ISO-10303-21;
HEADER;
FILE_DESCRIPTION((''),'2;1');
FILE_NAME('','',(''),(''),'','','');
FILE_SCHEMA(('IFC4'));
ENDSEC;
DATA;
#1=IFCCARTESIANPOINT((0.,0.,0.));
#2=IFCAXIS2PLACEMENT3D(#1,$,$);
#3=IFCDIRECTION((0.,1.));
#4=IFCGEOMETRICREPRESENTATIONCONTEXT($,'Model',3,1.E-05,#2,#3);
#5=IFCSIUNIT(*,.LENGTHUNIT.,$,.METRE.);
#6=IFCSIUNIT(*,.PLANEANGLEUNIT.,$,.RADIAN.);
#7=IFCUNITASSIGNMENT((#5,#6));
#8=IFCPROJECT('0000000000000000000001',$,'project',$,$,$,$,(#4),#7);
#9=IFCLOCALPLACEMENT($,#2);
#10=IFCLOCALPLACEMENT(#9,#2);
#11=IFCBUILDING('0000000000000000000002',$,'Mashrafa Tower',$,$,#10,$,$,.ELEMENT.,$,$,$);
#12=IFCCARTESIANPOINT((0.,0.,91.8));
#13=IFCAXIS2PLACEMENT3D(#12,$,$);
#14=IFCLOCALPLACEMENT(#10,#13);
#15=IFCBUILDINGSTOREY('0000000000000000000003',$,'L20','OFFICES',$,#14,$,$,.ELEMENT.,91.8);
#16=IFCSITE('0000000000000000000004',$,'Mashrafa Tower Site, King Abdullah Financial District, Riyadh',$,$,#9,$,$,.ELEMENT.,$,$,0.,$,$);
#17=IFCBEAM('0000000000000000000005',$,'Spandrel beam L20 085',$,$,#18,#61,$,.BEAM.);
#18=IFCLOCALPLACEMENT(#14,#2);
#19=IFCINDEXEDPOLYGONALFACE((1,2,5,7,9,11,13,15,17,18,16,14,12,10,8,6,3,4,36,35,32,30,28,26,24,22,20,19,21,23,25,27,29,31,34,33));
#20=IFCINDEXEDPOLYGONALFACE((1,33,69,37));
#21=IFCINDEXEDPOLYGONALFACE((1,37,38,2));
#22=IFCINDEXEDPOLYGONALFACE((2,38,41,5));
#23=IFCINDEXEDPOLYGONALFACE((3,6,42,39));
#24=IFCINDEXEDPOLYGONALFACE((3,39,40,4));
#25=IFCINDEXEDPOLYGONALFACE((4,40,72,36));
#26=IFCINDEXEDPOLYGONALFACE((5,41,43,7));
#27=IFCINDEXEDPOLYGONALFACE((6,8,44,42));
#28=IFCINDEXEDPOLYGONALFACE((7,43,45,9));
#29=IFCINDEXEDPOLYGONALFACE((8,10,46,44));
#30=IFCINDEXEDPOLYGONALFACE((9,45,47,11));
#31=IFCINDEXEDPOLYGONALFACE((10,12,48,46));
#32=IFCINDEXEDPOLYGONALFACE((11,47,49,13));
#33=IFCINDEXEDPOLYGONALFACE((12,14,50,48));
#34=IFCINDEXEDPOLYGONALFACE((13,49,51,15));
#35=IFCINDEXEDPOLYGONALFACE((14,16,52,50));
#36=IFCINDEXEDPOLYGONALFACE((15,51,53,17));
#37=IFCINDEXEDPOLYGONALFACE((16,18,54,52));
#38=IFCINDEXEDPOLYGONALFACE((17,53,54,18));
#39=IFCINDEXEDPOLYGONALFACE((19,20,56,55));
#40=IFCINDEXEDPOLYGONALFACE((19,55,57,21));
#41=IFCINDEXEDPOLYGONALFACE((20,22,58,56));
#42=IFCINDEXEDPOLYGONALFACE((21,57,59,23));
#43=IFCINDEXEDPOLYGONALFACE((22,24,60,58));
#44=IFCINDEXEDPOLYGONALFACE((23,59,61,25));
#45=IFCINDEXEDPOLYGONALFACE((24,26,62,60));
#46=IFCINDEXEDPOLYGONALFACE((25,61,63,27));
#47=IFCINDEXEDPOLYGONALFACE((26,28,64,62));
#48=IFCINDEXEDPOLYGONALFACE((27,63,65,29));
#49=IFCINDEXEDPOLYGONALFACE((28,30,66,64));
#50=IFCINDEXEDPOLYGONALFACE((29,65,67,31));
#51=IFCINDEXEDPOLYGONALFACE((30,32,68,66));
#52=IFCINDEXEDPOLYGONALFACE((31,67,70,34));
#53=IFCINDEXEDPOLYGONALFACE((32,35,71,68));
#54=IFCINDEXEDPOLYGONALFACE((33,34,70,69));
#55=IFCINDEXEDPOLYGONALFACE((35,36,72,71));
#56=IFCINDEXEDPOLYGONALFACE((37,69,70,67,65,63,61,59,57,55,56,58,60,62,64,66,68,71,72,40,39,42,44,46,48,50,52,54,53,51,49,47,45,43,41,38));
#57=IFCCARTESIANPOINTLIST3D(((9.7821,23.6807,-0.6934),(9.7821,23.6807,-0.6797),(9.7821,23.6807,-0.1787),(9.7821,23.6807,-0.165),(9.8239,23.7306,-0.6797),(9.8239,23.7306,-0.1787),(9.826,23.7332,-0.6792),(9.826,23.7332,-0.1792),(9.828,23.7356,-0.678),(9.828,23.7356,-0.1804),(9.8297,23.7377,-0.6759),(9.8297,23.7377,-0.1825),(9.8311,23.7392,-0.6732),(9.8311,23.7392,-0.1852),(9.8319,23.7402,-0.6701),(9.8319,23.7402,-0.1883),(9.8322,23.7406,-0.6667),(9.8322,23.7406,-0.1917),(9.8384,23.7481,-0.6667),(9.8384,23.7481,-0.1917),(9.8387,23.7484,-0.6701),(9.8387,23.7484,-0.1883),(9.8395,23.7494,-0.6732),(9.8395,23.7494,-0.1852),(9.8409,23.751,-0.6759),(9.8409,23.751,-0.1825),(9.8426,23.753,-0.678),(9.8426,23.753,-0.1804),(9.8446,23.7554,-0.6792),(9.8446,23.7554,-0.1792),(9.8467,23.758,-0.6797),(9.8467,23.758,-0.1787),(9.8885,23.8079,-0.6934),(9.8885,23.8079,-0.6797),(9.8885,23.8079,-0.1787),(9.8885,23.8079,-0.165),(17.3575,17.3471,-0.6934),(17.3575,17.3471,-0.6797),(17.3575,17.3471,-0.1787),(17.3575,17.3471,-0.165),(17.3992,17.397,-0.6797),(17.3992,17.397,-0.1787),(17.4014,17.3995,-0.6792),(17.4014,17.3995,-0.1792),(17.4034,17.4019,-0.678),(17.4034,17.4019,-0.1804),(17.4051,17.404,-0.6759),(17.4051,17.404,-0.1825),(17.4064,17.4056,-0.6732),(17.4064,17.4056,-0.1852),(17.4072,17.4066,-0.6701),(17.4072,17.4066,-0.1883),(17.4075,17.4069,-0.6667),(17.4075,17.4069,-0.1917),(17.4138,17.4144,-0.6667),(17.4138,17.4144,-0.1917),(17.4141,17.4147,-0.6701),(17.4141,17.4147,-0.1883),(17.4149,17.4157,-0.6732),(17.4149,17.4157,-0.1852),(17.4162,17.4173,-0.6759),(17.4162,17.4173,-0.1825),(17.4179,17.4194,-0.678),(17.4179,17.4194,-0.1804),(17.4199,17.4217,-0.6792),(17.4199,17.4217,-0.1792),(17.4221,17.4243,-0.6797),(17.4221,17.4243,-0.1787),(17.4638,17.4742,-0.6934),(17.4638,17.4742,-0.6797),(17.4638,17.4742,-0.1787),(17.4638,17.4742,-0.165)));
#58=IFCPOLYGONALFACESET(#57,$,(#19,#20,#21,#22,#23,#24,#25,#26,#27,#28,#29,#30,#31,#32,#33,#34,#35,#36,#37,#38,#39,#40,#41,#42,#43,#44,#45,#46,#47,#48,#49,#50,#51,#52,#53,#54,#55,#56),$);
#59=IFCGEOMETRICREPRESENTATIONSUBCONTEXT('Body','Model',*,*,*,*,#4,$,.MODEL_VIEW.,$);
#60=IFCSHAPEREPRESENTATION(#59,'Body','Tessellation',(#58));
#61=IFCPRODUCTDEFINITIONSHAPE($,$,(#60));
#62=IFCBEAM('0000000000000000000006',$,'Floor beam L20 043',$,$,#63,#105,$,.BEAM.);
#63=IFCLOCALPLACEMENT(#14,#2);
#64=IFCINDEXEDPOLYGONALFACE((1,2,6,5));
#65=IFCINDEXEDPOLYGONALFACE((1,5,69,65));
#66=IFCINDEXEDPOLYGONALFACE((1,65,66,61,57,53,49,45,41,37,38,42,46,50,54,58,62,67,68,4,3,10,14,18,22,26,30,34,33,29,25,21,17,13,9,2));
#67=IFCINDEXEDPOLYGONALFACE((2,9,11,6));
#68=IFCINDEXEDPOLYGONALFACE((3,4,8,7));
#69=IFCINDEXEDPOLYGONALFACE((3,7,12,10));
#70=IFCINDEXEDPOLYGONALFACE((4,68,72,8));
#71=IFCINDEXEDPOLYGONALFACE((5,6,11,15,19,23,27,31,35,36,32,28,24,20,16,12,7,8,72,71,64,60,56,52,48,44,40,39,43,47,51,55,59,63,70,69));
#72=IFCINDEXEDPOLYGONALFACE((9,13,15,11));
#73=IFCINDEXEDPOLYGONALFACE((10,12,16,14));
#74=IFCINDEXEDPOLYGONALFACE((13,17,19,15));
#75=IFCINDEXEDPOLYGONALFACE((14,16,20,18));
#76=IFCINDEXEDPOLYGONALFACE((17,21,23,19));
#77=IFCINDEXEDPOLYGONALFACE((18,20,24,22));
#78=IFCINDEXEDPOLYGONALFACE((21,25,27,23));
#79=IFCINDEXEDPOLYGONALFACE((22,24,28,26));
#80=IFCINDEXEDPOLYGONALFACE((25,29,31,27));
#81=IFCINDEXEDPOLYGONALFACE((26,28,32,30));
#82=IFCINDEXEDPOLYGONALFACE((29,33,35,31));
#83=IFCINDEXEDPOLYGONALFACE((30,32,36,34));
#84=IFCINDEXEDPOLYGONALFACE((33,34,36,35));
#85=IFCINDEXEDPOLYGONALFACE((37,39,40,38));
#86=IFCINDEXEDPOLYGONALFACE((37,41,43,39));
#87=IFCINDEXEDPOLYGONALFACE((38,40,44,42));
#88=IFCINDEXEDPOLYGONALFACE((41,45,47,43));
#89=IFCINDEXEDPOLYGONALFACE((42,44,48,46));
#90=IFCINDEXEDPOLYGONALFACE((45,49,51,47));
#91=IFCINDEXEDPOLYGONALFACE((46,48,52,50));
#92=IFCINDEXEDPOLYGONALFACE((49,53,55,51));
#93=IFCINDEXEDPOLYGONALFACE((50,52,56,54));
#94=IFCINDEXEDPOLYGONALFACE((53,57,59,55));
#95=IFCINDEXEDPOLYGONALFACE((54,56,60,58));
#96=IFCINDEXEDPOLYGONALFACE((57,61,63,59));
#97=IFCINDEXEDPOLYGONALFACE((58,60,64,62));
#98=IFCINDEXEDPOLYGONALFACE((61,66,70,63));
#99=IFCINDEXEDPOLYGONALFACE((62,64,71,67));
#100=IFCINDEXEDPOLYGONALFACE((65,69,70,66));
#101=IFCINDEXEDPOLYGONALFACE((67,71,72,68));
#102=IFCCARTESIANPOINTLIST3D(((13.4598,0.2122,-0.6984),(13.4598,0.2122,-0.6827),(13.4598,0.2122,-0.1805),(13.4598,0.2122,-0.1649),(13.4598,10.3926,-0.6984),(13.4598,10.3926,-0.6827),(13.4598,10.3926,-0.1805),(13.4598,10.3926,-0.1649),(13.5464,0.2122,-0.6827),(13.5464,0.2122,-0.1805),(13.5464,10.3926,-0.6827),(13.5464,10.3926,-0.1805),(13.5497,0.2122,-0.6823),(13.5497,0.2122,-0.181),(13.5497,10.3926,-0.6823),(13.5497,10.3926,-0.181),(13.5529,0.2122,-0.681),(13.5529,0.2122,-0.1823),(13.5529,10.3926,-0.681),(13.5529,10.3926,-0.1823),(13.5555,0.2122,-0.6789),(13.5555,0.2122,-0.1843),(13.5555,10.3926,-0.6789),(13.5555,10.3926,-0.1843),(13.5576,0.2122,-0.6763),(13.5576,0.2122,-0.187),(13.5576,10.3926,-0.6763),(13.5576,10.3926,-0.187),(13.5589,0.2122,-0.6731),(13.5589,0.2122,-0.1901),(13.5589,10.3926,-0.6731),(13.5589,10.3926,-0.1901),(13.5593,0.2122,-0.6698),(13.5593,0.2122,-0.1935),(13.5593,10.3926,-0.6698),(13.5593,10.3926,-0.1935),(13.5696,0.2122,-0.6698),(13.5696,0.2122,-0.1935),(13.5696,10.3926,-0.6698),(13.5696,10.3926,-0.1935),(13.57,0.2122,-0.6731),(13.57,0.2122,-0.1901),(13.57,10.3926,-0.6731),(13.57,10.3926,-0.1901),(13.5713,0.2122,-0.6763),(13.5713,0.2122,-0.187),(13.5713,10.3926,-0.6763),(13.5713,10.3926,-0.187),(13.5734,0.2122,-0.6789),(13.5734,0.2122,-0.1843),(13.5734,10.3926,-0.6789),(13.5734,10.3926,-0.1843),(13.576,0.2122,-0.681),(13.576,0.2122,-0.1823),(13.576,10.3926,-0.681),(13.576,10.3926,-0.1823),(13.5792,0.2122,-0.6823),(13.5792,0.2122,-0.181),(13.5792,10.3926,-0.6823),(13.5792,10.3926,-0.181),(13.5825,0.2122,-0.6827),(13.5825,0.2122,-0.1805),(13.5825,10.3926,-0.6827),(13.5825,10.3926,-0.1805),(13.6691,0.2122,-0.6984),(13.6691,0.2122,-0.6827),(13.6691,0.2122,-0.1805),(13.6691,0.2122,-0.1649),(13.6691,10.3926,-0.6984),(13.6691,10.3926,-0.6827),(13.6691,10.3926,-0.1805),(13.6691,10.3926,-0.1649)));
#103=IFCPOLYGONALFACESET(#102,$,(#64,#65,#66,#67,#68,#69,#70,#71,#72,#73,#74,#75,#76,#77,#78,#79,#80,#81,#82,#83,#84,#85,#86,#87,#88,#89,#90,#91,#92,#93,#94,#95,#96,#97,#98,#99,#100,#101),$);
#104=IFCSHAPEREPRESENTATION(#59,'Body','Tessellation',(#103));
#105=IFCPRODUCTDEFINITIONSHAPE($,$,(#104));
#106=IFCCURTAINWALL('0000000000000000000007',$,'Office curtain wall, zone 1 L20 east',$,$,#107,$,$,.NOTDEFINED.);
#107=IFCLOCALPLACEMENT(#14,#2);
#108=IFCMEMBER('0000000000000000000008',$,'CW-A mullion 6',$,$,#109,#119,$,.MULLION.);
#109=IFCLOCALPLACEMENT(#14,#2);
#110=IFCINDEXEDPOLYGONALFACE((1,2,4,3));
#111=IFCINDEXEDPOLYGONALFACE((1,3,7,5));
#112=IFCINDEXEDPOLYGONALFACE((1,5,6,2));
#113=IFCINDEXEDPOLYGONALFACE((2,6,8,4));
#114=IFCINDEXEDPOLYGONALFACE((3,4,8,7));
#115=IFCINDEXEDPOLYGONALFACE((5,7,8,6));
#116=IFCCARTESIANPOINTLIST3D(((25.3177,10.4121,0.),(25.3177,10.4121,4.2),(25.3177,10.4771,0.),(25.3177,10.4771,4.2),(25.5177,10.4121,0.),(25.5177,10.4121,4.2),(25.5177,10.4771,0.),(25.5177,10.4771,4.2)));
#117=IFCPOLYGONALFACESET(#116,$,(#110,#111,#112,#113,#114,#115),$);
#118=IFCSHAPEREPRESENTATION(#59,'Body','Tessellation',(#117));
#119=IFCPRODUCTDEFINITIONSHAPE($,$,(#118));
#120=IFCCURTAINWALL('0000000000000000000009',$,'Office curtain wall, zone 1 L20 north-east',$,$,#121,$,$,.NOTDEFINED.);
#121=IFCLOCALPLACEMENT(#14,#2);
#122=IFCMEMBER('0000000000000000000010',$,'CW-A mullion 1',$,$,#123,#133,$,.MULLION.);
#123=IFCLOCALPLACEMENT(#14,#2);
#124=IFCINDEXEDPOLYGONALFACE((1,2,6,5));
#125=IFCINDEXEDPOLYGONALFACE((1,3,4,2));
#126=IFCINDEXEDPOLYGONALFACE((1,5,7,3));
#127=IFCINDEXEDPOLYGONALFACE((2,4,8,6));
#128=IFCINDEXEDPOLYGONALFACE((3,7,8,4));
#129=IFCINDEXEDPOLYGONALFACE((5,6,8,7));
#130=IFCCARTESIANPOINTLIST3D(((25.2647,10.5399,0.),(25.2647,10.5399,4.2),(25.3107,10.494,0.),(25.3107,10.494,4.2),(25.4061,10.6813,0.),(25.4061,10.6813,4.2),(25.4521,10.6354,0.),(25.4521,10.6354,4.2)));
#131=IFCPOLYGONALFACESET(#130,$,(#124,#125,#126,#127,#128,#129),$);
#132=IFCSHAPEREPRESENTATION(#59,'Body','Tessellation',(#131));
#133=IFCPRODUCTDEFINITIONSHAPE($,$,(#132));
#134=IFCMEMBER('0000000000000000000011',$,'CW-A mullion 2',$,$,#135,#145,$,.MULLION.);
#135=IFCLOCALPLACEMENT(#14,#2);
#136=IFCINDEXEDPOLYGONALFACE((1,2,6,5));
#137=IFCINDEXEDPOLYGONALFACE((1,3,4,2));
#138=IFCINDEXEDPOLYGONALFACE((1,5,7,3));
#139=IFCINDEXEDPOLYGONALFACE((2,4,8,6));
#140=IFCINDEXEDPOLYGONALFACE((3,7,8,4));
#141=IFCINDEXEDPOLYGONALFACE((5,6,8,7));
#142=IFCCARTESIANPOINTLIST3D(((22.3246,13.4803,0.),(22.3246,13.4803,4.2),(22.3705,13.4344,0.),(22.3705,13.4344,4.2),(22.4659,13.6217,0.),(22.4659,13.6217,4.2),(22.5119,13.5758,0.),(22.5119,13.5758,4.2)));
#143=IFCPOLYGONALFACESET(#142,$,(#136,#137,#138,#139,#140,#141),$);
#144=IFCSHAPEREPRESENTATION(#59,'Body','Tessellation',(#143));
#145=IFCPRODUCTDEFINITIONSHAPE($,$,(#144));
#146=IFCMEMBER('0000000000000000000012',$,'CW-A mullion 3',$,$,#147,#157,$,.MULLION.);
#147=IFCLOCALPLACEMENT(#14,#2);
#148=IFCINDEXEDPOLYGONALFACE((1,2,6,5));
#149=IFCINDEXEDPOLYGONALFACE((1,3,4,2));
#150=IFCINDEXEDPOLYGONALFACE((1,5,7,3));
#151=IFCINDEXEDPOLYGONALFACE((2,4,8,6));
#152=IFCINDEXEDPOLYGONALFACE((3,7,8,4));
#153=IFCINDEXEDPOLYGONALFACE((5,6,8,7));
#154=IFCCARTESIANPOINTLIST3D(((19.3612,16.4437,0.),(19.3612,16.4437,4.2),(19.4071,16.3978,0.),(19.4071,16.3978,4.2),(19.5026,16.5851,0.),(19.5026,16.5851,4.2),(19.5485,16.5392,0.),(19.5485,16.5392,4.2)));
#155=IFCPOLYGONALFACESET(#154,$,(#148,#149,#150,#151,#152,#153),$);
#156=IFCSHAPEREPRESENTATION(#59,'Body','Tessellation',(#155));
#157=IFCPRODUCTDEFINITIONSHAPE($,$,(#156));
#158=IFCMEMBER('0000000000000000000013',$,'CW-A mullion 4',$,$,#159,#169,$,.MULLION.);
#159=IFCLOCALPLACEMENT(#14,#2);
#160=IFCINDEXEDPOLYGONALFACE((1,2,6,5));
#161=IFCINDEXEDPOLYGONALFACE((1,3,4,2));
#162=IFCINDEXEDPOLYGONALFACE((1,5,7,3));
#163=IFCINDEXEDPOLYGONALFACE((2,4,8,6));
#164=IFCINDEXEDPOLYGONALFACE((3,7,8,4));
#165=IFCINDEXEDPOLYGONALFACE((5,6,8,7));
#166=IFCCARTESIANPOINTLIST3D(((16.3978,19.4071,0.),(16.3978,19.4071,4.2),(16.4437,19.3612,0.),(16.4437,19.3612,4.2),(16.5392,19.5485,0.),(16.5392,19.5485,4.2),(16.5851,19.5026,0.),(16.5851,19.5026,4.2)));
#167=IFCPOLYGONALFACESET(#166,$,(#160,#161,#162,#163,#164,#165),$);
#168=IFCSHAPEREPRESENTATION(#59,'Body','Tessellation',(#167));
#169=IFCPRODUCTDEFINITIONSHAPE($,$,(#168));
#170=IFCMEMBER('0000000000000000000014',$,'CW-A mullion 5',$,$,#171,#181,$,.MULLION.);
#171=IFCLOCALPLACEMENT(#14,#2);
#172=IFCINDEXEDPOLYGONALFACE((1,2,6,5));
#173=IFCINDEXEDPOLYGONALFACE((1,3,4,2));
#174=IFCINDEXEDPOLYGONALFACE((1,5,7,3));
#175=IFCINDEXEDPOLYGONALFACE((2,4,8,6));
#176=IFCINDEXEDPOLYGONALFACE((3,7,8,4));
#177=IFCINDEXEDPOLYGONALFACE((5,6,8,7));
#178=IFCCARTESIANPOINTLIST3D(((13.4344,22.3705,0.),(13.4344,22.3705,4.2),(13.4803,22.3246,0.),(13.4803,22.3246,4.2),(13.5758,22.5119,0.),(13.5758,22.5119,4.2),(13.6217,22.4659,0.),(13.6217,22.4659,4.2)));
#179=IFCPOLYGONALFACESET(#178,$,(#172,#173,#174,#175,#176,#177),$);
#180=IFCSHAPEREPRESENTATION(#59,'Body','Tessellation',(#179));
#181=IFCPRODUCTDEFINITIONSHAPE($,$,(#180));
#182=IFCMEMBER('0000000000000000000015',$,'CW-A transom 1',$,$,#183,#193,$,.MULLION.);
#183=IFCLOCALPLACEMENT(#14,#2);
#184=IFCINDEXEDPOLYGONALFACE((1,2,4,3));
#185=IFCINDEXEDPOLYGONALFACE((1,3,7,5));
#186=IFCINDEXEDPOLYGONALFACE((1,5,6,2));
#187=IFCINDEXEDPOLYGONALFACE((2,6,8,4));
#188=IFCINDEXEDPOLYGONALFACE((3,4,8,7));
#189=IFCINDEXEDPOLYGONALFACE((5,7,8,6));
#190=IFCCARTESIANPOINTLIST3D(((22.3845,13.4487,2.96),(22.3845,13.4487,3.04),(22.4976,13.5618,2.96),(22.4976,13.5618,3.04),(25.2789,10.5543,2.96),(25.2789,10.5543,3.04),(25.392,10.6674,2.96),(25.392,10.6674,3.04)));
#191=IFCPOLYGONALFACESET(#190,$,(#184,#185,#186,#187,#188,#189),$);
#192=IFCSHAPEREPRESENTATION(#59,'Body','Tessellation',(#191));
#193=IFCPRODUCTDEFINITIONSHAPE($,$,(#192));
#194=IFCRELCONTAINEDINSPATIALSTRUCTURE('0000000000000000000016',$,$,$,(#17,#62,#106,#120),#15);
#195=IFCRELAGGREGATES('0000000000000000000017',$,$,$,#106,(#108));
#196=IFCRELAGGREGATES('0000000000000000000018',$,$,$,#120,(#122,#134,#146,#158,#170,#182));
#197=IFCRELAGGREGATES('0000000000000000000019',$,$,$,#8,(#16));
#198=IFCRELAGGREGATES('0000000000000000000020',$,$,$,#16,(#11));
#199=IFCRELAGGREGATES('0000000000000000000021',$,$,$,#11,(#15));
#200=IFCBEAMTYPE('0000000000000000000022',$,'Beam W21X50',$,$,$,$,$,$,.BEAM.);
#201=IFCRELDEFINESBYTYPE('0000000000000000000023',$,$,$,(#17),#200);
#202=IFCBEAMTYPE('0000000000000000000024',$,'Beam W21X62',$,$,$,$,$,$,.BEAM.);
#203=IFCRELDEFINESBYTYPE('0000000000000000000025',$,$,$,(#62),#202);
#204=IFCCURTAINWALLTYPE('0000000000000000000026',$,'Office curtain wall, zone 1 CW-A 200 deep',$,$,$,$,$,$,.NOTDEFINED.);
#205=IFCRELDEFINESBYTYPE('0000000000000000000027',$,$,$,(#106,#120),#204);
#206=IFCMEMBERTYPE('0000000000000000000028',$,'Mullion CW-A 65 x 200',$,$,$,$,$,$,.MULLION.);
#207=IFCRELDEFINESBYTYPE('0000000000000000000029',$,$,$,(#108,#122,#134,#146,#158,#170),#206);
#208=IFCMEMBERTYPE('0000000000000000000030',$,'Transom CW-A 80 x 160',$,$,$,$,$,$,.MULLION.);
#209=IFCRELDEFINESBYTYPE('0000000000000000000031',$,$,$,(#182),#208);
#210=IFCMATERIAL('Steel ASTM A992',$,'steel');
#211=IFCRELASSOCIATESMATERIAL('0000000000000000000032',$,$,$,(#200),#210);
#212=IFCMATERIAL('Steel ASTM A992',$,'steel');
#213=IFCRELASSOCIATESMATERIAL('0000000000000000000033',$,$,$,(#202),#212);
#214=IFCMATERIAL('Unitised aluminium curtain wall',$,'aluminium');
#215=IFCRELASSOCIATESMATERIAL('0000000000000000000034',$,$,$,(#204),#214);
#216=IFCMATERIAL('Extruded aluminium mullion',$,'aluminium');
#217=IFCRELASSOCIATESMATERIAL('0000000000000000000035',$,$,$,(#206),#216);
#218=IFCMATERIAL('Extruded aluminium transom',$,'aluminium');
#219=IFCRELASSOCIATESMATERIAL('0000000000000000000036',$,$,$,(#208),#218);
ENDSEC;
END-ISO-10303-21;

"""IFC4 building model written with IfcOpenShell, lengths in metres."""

from ifc_helpers import new_model, si_unit, direction, frame, origin, origin_2d, place, context, subcontext, project, spatial, rectangle, i_section, extrude, source, transform, mapped, material, material_profile, profile_set, type_object, type_shapes, element, aggregate, save


model = new_model("IFC4")

# Units and contexts
model_context = context("Model", 3, precision=1e-05, world=origin(), true_north=direction((0.0, 1.0)))
body_context = subcontext(model_context, "Body", "Model", "MODEL_VIEW")
ifc_project = project(units=[si_unit("LENGTHUNIT", "METRE"), si_unit("PLANEANGLEUNIT", "RADIAN")], contexts=[model_context])

# Site, building, storey
site_placement = place(None, origin())
site = spatial("IfcSite", under=ifc_project, at=site_placement, Name="Mashrafa Tower Site, King Abdullah Financial District, Riyadh", CompositionType="ELEMENT", RefElevation=0.0)
building_placement = place(site_placement, origin())
building = spatial("IfcBuilding", under=site, at=building_placement, Name="Mashrafa Tower", CompositionType="ELEMENT")
storey_placement = place(building_placement, frame((0.0, 0.0, 91.8)))
storey = spatial("IfcBuildingStorey", under=building, at=storey_placement, Name="L20", Description="OFFICES", CompositionType="ELEMENT", Elevation=91.8)

# Beams
ifc_material_1 = material(Name="Steel ASTM A992", Category="steel")
ifc_material_profile_1 = material_profile(ifc_material_1, i_section(OverallWidth=0.1658, OverallDepth=0.5283, WebThickness=0.0098, FlangeThickness=0.0137, FilletRadius=0.0129, at=origin_2d()), Name="W21X50")
ifc_profile_set_1 = profile_set([ifc_material_profile_1], Name="Steel ASTM A992")
beam_type_1 = type_object("IfcBeamType", Name="Beam W21X50", PredefinedType="BEAM", material=ifc_profile_set_1)
beam_1_placement = place(storey_placement, frame((17.4106, 17.4106, -0.4292), z_axis=(-0.767181, 0.641431, 0.0), x_axis=(-0.641431, -0.767181, 0.0)))
element("IfcBeam", 1, at=beam_1_placement, inside=storey, type_object=beam_type_1, Name="Spandrel beam L20 085", PredefinedType="BEAM", context=body_context, shape_type="SweptSolid", body=[
    extrude(i_section(OverallWidth=0.1658, OverallDepth=0.5283, WebThickness=0.0098, FlangeThickness=0.0137, FilletRadius=0.0129, at=origin_2d()), origin(), (0.0, 0.0, 1.0), 9.8743),
])
ifc_material_2 = material(Name="Steel ASTM A992", Category="steel")
ifc_material_profile_2 = material_profile(ifc_material_2, i_section(OverallWidth=0.2092, OverallDepth=0.5334, WebThickness=0.0103, FlangeThickness=0.0156, FilletRadius=0.0129, at=origin_2d()), Name="W21X62")
ifc_profile_set_2 = profile_set([ifc_material_profile_2], Name="Steel ASTM A992")
beam_type_2 = type_object("IfcBeamType", Name="Beam W21X62", PredefinedType="BEAM", material=ifc_profile_set_2)
beam_2_placement = place(storey_placement, frame((13.5645, 10.3926, -0.4316), z_axis=(0.0, -1.0, 0.0), x_axis=(1.0, 0.0, 0.0)))
element("IfcBeam", 2, at=beam_2_placement, inside=storey, type_object=beam_type_2, Name="Floor beam L20 043", PredefinedType="BEAM", context=body_context, shape_type="SweptSolid", body=[
    extrude(i_section(OverallWidth=0.2092, OverallDepth=0.5334, WebThickness=0.0103, FlangeThickness=0.0156, FilletRadius=0.0129, at=origin_2d()), origin(), (0.0, 0.0, 1.0), 10.1804),
])

# Curtain wall, member
ifc_material_3 = material(Name="Unitised aluminium curtain wall", Category="aluminium")
curtain_wall_type = type_object("IfcCurtainWallType", Name="Office curtain wall, zone 1 CW-A 200 deep", PredefinedType="NOTDEFINED", material=ifc_material_3)
curtain_wall_1_placement = place(storey_placement, origin())
curtain_wall_1 = element("IfcCurtainWall", 3, at=curtain_wall_1_placement, inside=storey, type_object=curtain_wall_type, Name="Office curtain wall, zone 1 L20 east", PredefinedType="NOTDEFINED")
ifc_material_4 = material(Name="Extruded aluminium mullion", Category="aluminium")
ifc_material_profile_3 = material_profile(ifc_material_4, rectangle(XDim=0.2, YDim=0.0649, at=origin_2d()), Name="Mullion 65x200")
ifc_profile_set_3 = profile_set([ifc_material_profile_3], Name="Extruded aluminium mullion")
member_type_1 = type_object("IfcMemberType", Name="Mullion CW-A 65 x 200", PredefinedType="MULLION", material=ifc_profile_set_3)
shared_shape_1 = source(origin(), body_context, "Body", "SweptSolid", [
    extrude(rectangle(XDim=0.2, YDim=0.0649, at=origin_2d()), origin(), (0.0, 0.0, 1.0), 4.2),
])
type_shapes(member_type_1, [shared_shape_1])
member_1_placement = place(storey_placement, frame((25.4177, 10.4446, 0.0), z_axis=(0.0, 0.0, 1.0), x_axis=(-1.0, 0.0, 0.0)))
member_1 = element("IfcMember", 4, at=member_1_placement, type_object=member_type_1, Name="CW-A mullion 6", PredefinedType="MULLION", context=body_context, shape_type="MappedRepresentation", body=[
    mapped(shared_shape_1, transform((0.0, 0.0, 0.0))),
])
aggregate(curtain_wall_1, [member_1])

# Curtain wall, members
curtain_wall_2_placement = place(storey_placement, origin())
curtain_wall_2 = element("IfcCurtainWall", 5, at=curtain_wall_2_placement, inside=storey, type_object=curtain_wall_type, Name="Office curtain wall, zone 1 L20 north-east", PredefinedType="NOTDEFINED")
member_2_placement = place(storey_placement, frame((25.3584, 10.5876, 0.0), z_axis=(0.0, 0.0, 1.0), x_axis=(-0.707107, -0.707107, 0.0)))
member_2 = element("IfcMember", 6, at=member_2_placement, type_object=member_type_1, Name="CW-A mullion 1", PredefinedType="MULLION", context=body_context, shape_type="MappedRepresentation", body=[
    mapped(shared_shape_1, transform((0.0, 0.0, 0.0))),
])
member_3_placement = place(storey_placement, frame((22.4182, 13.5281, 0.0), z_axis=(0.0, 0.0, 1.0), x_axis=(-0.707107, -0.707107, 0.0)))
member_3 = element("IfcMember", 7, at=member_3_placement, type_object=member_type_1, Name="CW-A mullion 2", PredefinedType="MULLION", context=body_context, shape_type="MappedRepresentation", body=[
    mapped(shared_shape_1, transform((0.0, 0.0, 0.0))),
])
member_4_placement = place(storey_placement, frame((19.4548, 16.4915, 0.0), z_axis=(0.0, 0.0, 1.0), x_axis=(-0.707107, -0.707107, 0.0)))
member_4 = element("IfcMember", 8, at=member_4_placement, type_object=member_type_1, Name="CW-A mullion 3", PredefinedType="MULLION", context=body_context, shape_type="MappedRepresentation", body=[
    mapped(shared_shape_1, transform((0.0, 0.0, 0.0))),
])
member_5_placement = place(storey_placement, frame((16.4915, 19.4548, 0.0), z_axis=(0.0, 0.0, 1.0), x_axis=(-0.707107, -0.707107, 0.0)))
member_5 = element("IfcMember", 9, at=member_5_placement, type_object=member_type_1, Name="CW-A mullion 4", PredefinedType="MULLION", context=body_context, shape_type="MappedRepresentation", body=[
    mapped(shared_shape_1, transform((0.0, 0.0, 0.0))),
])
member_6_placement = place(storey_placement, frame((13.5281, 22.4182, 0.0), z_axis=(0.0, 0.0, 1.0), x_axis=(-0.707107, -0.707107, 0.0)))
member_6 = element("IfcMember", 10, at=member_6_placement, type_object=member_type_1, Name="CW-A mullion 5", PredefinedType="MULLION", context=body_context, shape_type="MappedRepresentation", body=[
    mapped(shared_shape_1, transform((0.0, 0.0, 0.0))),
])
ifc_material_5 = material(Name="Extruded aluminium transom", Category="aluminium")
ifc_material_profile_4 = material_profile(ifc_material_5, rectangle(XDim=0.1599, YDim=0.0801, at=origin_2d()), Name="Transom 80x160")
ifc_profile_set_4 = profile_set([ifc_material_profile_4], Name="Extruded aluminium transom")
member_type_2 = type_object("IfcMemberType", Name="Transom CW-A 80 x 160", PredefinedType="MULLION", material=ifc_profile_set_4)
shared_shape_2 = source(origin(), body_context, "Body", "SweptSolid", [
    extrude(rectangle(XDim=0.1599, YDim=0.0801, at=origin_2d()), origin(), (0.0, 0.0, 1.0), 4.0933),
])
member_7_placement = place(storey_placement, frame((25.3354, 10.6108, 3.0), z_axis=(-0.707107, 0.707107, 0.0), x_axis=(-0.707107, -0.707107, 0.0)))
member_7 = element("IfcMember", 11, at=member_7_placement, type_object=member_type_2, Name="CW-A transom 1", PredefinedType="MULLION", context=body_context, shape_type="MappedRepresentation", body=[
    mapped(shared_shape_2, transform((0.0, 0.0, 0.0))),
])
aggregate(curtain_wall_2, [member_2, member_3, member_4, member_5, member_6, member_7])

save(model, "model.ifc")
